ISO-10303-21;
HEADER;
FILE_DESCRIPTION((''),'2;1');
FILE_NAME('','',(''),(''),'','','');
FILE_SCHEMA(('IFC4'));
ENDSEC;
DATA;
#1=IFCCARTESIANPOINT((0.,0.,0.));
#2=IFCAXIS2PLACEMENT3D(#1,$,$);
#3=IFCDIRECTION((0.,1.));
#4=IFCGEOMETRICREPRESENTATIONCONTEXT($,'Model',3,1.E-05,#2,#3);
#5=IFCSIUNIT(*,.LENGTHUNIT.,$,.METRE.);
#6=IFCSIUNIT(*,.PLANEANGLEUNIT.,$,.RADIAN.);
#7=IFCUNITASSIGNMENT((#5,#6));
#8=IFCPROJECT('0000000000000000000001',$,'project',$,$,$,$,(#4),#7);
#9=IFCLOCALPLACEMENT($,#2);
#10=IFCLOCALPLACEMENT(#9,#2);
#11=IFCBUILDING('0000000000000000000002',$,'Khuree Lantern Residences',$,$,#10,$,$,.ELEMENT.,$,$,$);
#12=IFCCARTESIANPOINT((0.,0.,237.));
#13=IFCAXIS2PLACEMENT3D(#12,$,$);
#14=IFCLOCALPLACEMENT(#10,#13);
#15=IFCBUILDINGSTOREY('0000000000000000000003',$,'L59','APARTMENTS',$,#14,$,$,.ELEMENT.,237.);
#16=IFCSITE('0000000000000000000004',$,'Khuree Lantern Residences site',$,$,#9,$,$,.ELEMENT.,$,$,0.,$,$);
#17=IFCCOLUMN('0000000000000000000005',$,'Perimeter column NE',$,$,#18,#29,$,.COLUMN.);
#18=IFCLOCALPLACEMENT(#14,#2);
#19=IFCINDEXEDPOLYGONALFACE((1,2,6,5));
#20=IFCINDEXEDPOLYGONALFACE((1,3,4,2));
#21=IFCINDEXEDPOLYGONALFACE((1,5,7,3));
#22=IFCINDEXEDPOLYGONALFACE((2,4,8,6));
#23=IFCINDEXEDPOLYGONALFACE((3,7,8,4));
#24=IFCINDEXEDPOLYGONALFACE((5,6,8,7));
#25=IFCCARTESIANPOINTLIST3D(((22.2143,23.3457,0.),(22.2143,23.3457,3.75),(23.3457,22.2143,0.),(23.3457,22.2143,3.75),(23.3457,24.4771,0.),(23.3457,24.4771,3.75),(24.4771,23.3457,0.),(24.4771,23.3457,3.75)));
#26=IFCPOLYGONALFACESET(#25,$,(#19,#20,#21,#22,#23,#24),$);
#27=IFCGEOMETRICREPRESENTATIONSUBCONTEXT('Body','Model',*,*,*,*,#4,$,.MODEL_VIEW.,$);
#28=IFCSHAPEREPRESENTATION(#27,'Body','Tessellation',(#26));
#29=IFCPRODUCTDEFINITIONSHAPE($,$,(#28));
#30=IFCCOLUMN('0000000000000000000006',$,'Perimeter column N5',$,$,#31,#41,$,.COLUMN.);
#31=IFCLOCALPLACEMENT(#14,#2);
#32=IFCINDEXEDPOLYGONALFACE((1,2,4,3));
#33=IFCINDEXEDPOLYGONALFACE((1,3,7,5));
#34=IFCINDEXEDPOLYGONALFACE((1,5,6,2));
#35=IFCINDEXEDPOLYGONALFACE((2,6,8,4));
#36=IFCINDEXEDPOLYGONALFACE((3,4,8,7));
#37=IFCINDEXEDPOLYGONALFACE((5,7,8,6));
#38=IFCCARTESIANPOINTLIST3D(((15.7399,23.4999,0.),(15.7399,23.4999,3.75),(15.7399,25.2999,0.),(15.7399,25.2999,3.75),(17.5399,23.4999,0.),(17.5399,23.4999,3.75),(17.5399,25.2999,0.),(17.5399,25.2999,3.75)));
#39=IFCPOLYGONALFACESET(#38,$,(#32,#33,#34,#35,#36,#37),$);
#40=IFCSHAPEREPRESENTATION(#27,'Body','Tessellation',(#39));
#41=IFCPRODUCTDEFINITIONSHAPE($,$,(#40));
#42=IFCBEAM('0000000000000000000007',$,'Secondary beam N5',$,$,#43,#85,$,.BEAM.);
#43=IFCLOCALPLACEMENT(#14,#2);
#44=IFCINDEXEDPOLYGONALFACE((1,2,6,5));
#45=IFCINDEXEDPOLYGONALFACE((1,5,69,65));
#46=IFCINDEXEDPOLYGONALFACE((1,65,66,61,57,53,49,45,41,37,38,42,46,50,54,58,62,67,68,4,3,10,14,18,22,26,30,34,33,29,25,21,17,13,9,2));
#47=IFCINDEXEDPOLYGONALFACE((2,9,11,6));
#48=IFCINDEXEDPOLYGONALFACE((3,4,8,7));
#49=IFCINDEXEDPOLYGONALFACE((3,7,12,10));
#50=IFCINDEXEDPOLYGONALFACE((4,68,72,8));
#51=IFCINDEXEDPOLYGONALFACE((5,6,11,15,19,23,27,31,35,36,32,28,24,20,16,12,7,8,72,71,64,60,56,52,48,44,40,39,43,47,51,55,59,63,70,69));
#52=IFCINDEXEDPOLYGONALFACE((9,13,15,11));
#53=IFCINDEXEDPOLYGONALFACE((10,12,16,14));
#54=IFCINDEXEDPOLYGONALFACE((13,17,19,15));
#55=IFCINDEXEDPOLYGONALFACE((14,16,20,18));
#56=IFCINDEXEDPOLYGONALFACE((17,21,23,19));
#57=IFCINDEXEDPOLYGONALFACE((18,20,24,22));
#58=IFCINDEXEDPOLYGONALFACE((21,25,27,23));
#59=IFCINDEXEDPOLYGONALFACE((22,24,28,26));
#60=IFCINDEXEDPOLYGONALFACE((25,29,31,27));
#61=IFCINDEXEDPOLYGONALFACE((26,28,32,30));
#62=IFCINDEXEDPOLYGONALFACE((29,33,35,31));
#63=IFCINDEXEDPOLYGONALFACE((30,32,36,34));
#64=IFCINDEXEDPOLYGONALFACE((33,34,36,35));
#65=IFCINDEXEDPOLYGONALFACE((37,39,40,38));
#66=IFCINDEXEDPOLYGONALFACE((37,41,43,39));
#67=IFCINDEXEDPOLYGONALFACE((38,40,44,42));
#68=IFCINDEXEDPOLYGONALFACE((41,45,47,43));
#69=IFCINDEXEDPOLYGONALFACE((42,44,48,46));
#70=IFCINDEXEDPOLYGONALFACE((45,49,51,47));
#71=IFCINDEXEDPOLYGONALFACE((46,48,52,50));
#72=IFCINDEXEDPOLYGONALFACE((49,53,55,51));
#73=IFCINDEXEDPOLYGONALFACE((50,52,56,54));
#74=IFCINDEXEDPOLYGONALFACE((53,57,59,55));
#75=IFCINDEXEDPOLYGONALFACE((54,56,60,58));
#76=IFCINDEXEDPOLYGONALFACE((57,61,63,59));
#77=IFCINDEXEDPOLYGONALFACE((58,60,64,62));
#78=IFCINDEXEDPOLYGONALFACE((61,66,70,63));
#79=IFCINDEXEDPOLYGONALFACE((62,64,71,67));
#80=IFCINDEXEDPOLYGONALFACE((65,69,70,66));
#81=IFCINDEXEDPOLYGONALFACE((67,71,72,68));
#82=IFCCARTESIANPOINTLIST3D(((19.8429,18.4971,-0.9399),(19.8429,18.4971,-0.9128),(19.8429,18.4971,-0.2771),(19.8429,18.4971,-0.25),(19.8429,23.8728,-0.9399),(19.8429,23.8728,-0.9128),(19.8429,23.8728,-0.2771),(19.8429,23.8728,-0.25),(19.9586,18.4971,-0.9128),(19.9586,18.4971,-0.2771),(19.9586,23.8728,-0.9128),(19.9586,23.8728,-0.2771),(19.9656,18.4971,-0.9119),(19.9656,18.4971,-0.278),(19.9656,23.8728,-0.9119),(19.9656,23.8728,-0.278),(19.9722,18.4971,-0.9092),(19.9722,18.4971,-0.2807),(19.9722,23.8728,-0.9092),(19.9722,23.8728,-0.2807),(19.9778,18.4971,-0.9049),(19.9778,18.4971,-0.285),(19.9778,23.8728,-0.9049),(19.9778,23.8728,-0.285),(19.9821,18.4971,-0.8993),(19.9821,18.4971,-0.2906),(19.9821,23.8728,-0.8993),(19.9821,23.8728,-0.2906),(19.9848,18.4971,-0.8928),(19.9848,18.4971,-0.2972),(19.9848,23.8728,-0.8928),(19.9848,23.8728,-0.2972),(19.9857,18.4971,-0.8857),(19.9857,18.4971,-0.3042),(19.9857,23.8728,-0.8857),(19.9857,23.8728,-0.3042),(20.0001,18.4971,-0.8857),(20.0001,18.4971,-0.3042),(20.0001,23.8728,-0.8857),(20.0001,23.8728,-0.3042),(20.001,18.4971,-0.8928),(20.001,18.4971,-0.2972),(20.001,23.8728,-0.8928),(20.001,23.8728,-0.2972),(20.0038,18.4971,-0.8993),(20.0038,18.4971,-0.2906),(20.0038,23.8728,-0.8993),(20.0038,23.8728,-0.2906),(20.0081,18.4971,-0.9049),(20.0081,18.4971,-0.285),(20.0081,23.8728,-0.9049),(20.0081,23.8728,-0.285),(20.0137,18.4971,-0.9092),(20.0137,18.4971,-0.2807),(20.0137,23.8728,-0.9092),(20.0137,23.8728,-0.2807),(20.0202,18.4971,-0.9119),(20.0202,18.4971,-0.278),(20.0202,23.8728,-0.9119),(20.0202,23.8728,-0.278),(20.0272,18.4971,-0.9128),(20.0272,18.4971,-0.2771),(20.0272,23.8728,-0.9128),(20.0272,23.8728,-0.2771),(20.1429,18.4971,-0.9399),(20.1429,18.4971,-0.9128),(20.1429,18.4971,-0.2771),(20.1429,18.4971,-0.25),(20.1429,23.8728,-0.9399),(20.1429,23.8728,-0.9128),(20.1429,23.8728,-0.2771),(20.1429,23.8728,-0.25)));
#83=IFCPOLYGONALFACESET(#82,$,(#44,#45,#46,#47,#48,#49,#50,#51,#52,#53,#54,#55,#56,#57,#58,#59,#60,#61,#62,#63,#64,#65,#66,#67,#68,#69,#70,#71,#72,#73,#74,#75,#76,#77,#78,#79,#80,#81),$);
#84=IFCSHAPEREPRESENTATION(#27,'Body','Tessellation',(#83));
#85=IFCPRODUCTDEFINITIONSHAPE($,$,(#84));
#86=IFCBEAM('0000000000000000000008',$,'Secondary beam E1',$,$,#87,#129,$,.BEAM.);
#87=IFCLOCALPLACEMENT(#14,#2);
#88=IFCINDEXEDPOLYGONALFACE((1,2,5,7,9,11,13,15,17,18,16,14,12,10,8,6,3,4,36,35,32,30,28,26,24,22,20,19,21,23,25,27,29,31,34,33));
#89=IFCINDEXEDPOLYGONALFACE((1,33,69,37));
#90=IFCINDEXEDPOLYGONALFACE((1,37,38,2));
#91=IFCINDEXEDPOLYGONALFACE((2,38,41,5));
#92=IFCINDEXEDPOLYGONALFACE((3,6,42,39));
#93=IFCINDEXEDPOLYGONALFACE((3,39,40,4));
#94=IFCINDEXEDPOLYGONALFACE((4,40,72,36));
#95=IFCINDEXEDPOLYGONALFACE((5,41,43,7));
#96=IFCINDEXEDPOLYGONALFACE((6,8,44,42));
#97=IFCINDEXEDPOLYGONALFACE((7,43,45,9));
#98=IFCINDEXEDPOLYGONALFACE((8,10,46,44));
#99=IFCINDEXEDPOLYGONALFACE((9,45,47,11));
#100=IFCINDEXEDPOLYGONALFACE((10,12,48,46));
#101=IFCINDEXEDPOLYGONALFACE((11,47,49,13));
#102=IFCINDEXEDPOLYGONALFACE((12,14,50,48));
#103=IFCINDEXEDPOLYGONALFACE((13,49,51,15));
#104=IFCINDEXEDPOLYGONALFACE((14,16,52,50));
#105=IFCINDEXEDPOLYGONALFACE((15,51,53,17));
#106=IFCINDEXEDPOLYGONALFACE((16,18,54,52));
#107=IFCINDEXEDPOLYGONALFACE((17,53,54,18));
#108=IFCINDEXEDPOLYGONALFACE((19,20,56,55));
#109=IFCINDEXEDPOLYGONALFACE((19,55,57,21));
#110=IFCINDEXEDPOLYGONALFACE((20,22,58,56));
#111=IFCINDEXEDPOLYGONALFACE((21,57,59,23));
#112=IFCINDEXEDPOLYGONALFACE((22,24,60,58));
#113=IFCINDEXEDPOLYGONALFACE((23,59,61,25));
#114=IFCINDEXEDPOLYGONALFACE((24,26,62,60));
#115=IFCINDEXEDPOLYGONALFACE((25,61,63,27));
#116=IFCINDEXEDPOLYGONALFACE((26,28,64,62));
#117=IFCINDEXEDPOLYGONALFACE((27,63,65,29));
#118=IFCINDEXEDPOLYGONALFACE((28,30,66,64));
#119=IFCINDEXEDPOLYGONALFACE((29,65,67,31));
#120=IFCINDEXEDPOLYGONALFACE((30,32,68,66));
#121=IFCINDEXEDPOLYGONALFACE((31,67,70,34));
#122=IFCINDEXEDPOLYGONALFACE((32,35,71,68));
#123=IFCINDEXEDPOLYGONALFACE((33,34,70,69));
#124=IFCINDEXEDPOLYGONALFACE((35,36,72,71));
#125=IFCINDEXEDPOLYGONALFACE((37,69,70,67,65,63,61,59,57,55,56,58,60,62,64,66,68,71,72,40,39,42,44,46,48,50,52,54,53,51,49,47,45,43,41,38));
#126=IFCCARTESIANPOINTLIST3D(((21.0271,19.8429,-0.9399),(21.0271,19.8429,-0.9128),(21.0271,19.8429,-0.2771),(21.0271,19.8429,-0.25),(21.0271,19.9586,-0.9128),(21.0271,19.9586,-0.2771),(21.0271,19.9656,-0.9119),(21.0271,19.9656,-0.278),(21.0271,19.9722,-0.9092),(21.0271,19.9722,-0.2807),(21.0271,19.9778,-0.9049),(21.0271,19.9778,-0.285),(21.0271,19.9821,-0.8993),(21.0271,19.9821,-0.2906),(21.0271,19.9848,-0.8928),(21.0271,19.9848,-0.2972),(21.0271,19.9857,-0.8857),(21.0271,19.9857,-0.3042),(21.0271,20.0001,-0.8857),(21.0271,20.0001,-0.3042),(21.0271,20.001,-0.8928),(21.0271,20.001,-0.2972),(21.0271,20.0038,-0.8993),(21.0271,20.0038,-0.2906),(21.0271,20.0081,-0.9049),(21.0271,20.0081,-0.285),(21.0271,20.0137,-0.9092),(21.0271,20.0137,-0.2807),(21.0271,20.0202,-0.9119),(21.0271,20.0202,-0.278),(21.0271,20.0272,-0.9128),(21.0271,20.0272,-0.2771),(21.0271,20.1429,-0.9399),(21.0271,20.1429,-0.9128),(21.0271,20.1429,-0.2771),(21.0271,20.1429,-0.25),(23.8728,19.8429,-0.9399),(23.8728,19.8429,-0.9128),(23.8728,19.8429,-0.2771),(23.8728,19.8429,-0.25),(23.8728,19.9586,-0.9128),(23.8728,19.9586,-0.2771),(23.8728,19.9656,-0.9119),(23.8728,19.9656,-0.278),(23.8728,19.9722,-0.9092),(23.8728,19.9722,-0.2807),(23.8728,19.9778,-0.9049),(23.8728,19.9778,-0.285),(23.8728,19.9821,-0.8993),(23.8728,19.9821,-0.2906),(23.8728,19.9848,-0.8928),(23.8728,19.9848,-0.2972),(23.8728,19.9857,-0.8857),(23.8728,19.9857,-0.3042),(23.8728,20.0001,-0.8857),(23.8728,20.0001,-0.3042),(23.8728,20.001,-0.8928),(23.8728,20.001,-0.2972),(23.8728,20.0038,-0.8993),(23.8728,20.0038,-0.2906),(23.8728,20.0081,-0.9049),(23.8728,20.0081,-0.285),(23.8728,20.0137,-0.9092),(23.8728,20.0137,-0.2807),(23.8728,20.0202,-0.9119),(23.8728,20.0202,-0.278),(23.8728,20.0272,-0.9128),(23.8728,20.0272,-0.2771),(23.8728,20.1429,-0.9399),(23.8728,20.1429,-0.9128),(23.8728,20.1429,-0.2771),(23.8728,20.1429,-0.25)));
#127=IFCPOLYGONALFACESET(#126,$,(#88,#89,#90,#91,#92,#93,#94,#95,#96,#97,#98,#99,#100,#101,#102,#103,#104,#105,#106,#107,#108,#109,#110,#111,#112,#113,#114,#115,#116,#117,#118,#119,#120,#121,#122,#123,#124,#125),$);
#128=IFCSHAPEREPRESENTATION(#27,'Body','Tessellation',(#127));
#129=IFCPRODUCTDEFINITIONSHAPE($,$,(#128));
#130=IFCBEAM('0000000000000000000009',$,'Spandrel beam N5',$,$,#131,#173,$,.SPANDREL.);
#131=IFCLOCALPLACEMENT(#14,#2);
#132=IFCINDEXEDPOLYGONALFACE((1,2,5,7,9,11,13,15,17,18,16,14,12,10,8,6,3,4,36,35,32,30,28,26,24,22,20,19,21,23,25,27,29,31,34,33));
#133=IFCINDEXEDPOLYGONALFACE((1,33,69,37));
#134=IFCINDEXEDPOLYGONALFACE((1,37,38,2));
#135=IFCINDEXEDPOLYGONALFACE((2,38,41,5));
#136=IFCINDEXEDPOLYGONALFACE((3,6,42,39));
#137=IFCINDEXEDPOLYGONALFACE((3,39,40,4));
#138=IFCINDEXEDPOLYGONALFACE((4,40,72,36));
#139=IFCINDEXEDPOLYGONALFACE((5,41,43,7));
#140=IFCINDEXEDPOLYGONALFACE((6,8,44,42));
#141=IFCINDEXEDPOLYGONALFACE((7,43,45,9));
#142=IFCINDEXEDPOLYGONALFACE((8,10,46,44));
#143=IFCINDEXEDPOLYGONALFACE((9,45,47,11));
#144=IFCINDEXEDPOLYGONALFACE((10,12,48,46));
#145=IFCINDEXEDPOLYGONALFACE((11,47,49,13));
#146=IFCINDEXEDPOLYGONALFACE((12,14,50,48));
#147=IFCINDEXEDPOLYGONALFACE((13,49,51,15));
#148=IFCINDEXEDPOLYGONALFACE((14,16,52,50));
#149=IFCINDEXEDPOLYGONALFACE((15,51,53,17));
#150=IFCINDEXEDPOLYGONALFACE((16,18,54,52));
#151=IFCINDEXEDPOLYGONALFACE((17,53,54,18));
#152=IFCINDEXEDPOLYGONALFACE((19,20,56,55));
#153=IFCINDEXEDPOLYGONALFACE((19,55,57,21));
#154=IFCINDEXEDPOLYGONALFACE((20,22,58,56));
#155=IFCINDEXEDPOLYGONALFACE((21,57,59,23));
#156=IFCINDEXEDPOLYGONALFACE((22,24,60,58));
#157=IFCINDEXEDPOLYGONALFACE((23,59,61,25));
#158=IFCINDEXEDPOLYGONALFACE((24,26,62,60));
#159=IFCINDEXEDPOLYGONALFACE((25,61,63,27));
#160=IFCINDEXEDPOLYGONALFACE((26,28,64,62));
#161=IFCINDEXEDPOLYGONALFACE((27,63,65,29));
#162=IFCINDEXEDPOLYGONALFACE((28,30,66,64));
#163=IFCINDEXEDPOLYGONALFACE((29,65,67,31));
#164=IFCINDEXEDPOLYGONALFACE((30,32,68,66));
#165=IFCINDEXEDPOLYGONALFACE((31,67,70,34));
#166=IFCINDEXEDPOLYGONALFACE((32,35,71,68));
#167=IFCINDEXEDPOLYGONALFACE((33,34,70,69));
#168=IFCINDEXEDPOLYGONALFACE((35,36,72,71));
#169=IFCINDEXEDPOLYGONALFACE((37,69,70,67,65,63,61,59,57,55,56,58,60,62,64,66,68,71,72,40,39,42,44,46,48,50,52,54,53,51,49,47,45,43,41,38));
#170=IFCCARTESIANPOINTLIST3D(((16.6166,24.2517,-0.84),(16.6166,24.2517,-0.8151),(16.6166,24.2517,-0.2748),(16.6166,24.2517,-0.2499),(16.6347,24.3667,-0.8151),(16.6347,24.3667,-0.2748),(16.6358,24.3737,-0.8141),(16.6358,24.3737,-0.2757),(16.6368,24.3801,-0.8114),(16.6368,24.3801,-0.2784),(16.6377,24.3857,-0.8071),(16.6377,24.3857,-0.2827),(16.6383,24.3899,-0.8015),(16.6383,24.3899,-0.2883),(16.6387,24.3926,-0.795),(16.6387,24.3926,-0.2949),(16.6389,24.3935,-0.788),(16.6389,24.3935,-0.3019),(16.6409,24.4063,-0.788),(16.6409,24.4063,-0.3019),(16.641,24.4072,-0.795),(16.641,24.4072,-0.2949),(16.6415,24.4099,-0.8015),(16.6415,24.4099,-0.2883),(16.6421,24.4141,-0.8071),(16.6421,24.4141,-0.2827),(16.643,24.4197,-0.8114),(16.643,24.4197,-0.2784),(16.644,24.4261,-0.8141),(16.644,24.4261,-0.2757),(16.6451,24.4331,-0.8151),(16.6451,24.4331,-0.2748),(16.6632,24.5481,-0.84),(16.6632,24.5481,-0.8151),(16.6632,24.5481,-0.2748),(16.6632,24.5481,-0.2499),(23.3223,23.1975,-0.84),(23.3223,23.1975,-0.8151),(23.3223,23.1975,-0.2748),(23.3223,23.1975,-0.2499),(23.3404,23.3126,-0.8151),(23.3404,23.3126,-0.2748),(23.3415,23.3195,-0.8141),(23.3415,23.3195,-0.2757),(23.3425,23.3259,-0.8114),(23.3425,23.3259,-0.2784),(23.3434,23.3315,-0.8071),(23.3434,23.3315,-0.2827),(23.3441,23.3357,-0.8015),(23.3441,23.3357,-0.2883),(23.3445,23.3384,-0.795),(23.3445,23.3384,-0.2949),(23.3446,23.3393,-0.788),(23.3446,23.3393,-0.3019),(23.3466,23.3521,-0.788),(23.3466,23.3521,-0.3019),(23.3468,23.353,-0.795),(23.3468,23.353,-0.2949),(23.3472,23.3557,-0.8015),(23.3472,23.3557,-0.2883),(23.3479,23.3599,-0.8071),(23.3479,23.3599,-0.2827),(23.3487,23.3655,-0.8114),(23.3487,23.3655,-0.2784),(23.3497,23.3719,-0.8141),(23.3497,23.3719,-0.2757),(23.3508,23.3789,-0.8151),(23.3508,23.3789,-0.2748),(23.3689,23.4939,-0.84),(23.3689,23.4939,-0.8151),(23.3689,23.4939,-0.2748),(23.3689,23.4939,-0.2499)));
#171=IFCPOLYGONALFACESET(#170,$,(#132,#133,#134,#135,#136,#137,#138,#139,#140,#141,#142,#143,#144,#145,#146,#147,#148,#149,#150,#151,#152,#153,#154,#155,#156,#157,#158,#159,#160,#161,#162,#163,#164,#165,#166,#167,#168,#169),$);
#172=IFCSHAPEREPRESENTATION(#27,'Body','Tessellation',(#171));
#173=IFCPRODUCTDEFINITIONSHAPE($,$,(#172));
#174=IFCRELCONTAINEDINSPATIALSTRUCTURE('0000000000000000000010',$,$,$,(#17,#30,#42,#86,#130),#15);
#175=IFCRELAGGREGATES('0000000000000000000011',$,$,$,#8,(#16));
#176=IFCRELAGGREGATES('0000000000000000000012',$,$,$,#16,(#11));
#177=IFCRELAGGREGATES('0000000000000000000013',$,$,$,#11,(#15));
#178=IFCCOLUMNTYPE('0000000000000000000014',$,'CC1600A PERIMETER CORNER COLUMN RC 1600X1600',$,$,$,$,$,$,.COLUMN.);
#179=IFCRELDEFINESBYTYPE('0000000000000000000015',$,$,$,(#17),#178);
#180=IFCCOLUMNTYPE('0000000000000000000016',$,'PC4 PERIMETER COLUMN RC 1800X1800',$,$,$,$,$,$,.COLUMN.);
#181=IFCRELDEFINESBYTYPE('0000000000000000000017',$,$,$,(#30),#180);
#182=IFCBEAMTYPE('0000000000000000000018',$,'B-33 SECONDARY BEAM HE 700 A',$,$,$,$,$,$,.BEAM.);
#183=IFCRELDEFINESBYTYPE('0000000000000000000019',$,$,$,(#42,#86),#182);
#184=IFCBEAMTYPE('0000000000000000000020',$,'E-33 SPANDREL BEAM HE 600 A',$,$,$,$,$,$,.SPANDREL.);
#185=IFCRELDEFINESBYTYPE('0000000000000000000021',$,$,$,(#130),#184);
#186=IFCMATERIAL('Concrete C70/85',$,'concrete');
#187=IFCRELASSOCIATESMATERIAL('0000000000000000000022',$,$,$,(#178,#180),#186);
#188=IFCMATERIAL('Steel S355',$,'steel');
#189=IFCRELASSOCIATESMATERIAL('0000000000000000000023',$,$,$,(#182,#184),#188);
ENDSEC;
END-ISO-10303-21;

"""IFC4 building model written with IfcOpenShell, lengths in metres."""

from ifc_helpers import new_model, si_unit, direction, frame, origin, origin_2d, place, context, subcontext, project, spatial, rectangle, i_section, extrude, material, material_profile, profile_set, type_object, element, save


model = new_model("IFC4")

# Units and contexts
model_context = context("Model", 3, precision=1e-05, world=origin(), true_north=direction((0.0, 1.0)))
body_context = subcontext(model_context, "Body", "Model", "MODEL_VIEW")
ifc_project = project(units=[si_unit("LENGTHUNIT", "METRE"), si_unit("PLANEANGLEUNIT", "RADIAN")], contexts=[model_context])

# Site, building, storey
site_placement = place(None, origin())
site = spatial("IfcSite", under=ifc_project, at=site_placement, Name="Khuree Lantern Residences site", CompositionType="ELEMENT", RefElevation=0.0)
building_placement = place(site_placement, origin())
building = spatial("IfcBuilding", under=site, at=building_placement, Name="Khuree Lantern Residences", CompositionType="ELEMENT")
storey_placement = place(building_placement, frame((0.0, 0.0, 237.0)))
storey = spatial("IfcBuildingStorey", under=building, at=storey_placement, Name="L59", Description="APARTMENTS", CompositionType="ELEMENT", Elevation=237.0)

# Columns
ifc_material_1 = material(Name="Concrete C70/85", Category="concrete")
ifc_material_profile_1 = material_profile(ifc_material_1, rectangle(XDim=1.6001, YDim=1.6001, at=origin_2d()), Name="RC 1600X1600")
ifc_profile_set_1 = profile_set([ifc_material_profile_1], Name="Concrete C70/85")
column_type_1 = type_object("IfcColumnType", Name="CC1600A PERIMETER CORNER COLUMN RC 1600X1600", PredefinedType="COLUMN", material=ifc_profile_set_1)
column_1_placement = place(storey_placement, frame((23.3457, 23.3457, 0.0), z_axis=(0.0, 0.0, 1.0), x_axis=(0.707107, -0.707107, 0.0)))
element("IfcColumn", 1, at=column_1_placement, inside=storey, type_object=column_type_1, Name="Perimeter column NE", PredefinedType="COLUMN", context=body_context, shape_type="SweptSolid", body=[
    extrude(rectangle(XDim=1.6001, YDim=1.6001, at=origin_2d()), origin(), (0.0, 0.0, 1.0), 3.75),
])
ifc_material_profile_2 = material_profile(ifc_material_1, rectangle(XDim=1.8, YDim=1.8, at=origin_2d()), Name="RC 1800X1800")
ifc_profile_set_2 = profile_set([ifc_material_profile_2], Name="Concrete C70/85")
column_type_2 = type_object("IfcColumnType", Name="PC4 PERIMETER COLUMN RC 1800X1800", PredefinedType="COLUMN", material=ifc_profile_set_2)
column_2_placement = place(storey_placement, frame((16.6399, 24.3999, 0.0), z_axis=(0.0, 0.0, 1.0), x_axis=(1.0, 0.0, 0.0)))
element("IfcColumn", 2, at=column_2_placement, inside=storey, type_object=column_type_2, Name="Perimeter column N5", PredefinedType="COLUMN", context=body_context, shape_type="SweptSolid", body=[
    extrude(rectangle(XDim=1.8, YDim=1.8, at=origin_2d()), origin(), (0.0, 0.0, 1.0), 3.75),
])

# Beams
ifc_material_2 = material(Name="Steel S355", Category="steel")
ifc_material_profile_3 = material_profile(ifc_material_2, i_section(OverallWidth=0.3, OverallDepth=0.6899, WebThickness=0.0144, FlangeThickness=0.0271, FilletRadius=0.0271, at=origin_2d()), Name="HE 700 A")
ifc_profile_set_3 = profile_set([ifc_material_profile_3], Name="Steel S355")
beam_type_1 = type_object("IfcBeamType", Name="B-33 SECONDARY BEAM HE 700 A", PredefinedType="BEAM", material=ifc_profile_set_3)
beam_1_placement = place(storey_placement, frame((19.9929, 23.8728, -0.595), z_axis=(0.0, -1.0, 0.0), x_axis=(1.0, 0.0, 0.0)))
element("IfcBeam", 3, at=beam_1_placement, inside=storey, type_object=beam_type_1, Name="Secondary beam N5", PredefinedType="BEAM", context=body_context, shape_type="SweptSolid", body=[
    extrude(i_section(OverallWidth=0.3, OverallDepth=0.6899, WebThickness=0.0144, FlangeThickness=0.0271, FilletRadius=0.0271, at=origin_2d()), origin(), (0.0, 0.0, 1.0), 5.3757),
])
beam_2_placement = place(storey_placement, frame((23.8728, 19.9929, -0.595), z_axis=(-1.0, 0.0, 0.0), x_axis=(0.0, -1.0, 0.0)))
element("IfcBeam", 4, at=beam_2_placement, inside=storey, type_object=beam_type_1, Name="Secondary beam E1", PredefinedType="BEAM", context=body_context, shape_type="SweptSolid", body=[
    extrude(i_section(OverallWidth=0.3, OverallDepth=0.6899, WebThickness=0.0144, FlangeThickness=0.0271, FilletRadius=0.0271, at=origin_2d()), origin(), (0.0, 0.0, 1.0), 2.8457),
])
ifc_material_profile_4 = material_profile(ifc_material_2, i_section(OverallWidth=0.3, OverallDepth=0.5901, WebThickness=0.0129, FlangeThickness=0.0249, FilletRadius=0.0271, at=origin_2d()), Name="HE 600 A")
ifc_profile_set_4 = profile_set([ifc_material_profile_4], Name="Steel S355")
beam_type_2 = type_object("IfcBeamType", Name="E-33 SPANDREL BEAM HE 600 A", PredefinedType="SPANDREL", material=ifc_profile_set_4)
for number, where, z_axis, x_axis, name in (
    (5, (16.6399, 24.3999, -0.5449), (0.987867, -0.1553, 0.0), (0.1553, 0.987867, 0.0), "Spandrel beam N5"),
):
    element("IfcBeam", number, at=place(storey_placement, frame(where, z_axis=z_axis, x_axis=x_axis)), inside=storey, type_object=beam_type_2, Name=name, PredefinedType="SPANDREL", context=body_context, shape_type="SweptSolid", body=[
        extrude(i_section(OverallWidth=0.3, OverallDepth=0.5901, WebThickness=0.0129, FlangeThickness=0.0249, FilletRadius=0.0271, at=origin_2d()), origin(), (0.0, 0.0, 1.0), 6.7881),
    ])

save(model, "model.ifc")
